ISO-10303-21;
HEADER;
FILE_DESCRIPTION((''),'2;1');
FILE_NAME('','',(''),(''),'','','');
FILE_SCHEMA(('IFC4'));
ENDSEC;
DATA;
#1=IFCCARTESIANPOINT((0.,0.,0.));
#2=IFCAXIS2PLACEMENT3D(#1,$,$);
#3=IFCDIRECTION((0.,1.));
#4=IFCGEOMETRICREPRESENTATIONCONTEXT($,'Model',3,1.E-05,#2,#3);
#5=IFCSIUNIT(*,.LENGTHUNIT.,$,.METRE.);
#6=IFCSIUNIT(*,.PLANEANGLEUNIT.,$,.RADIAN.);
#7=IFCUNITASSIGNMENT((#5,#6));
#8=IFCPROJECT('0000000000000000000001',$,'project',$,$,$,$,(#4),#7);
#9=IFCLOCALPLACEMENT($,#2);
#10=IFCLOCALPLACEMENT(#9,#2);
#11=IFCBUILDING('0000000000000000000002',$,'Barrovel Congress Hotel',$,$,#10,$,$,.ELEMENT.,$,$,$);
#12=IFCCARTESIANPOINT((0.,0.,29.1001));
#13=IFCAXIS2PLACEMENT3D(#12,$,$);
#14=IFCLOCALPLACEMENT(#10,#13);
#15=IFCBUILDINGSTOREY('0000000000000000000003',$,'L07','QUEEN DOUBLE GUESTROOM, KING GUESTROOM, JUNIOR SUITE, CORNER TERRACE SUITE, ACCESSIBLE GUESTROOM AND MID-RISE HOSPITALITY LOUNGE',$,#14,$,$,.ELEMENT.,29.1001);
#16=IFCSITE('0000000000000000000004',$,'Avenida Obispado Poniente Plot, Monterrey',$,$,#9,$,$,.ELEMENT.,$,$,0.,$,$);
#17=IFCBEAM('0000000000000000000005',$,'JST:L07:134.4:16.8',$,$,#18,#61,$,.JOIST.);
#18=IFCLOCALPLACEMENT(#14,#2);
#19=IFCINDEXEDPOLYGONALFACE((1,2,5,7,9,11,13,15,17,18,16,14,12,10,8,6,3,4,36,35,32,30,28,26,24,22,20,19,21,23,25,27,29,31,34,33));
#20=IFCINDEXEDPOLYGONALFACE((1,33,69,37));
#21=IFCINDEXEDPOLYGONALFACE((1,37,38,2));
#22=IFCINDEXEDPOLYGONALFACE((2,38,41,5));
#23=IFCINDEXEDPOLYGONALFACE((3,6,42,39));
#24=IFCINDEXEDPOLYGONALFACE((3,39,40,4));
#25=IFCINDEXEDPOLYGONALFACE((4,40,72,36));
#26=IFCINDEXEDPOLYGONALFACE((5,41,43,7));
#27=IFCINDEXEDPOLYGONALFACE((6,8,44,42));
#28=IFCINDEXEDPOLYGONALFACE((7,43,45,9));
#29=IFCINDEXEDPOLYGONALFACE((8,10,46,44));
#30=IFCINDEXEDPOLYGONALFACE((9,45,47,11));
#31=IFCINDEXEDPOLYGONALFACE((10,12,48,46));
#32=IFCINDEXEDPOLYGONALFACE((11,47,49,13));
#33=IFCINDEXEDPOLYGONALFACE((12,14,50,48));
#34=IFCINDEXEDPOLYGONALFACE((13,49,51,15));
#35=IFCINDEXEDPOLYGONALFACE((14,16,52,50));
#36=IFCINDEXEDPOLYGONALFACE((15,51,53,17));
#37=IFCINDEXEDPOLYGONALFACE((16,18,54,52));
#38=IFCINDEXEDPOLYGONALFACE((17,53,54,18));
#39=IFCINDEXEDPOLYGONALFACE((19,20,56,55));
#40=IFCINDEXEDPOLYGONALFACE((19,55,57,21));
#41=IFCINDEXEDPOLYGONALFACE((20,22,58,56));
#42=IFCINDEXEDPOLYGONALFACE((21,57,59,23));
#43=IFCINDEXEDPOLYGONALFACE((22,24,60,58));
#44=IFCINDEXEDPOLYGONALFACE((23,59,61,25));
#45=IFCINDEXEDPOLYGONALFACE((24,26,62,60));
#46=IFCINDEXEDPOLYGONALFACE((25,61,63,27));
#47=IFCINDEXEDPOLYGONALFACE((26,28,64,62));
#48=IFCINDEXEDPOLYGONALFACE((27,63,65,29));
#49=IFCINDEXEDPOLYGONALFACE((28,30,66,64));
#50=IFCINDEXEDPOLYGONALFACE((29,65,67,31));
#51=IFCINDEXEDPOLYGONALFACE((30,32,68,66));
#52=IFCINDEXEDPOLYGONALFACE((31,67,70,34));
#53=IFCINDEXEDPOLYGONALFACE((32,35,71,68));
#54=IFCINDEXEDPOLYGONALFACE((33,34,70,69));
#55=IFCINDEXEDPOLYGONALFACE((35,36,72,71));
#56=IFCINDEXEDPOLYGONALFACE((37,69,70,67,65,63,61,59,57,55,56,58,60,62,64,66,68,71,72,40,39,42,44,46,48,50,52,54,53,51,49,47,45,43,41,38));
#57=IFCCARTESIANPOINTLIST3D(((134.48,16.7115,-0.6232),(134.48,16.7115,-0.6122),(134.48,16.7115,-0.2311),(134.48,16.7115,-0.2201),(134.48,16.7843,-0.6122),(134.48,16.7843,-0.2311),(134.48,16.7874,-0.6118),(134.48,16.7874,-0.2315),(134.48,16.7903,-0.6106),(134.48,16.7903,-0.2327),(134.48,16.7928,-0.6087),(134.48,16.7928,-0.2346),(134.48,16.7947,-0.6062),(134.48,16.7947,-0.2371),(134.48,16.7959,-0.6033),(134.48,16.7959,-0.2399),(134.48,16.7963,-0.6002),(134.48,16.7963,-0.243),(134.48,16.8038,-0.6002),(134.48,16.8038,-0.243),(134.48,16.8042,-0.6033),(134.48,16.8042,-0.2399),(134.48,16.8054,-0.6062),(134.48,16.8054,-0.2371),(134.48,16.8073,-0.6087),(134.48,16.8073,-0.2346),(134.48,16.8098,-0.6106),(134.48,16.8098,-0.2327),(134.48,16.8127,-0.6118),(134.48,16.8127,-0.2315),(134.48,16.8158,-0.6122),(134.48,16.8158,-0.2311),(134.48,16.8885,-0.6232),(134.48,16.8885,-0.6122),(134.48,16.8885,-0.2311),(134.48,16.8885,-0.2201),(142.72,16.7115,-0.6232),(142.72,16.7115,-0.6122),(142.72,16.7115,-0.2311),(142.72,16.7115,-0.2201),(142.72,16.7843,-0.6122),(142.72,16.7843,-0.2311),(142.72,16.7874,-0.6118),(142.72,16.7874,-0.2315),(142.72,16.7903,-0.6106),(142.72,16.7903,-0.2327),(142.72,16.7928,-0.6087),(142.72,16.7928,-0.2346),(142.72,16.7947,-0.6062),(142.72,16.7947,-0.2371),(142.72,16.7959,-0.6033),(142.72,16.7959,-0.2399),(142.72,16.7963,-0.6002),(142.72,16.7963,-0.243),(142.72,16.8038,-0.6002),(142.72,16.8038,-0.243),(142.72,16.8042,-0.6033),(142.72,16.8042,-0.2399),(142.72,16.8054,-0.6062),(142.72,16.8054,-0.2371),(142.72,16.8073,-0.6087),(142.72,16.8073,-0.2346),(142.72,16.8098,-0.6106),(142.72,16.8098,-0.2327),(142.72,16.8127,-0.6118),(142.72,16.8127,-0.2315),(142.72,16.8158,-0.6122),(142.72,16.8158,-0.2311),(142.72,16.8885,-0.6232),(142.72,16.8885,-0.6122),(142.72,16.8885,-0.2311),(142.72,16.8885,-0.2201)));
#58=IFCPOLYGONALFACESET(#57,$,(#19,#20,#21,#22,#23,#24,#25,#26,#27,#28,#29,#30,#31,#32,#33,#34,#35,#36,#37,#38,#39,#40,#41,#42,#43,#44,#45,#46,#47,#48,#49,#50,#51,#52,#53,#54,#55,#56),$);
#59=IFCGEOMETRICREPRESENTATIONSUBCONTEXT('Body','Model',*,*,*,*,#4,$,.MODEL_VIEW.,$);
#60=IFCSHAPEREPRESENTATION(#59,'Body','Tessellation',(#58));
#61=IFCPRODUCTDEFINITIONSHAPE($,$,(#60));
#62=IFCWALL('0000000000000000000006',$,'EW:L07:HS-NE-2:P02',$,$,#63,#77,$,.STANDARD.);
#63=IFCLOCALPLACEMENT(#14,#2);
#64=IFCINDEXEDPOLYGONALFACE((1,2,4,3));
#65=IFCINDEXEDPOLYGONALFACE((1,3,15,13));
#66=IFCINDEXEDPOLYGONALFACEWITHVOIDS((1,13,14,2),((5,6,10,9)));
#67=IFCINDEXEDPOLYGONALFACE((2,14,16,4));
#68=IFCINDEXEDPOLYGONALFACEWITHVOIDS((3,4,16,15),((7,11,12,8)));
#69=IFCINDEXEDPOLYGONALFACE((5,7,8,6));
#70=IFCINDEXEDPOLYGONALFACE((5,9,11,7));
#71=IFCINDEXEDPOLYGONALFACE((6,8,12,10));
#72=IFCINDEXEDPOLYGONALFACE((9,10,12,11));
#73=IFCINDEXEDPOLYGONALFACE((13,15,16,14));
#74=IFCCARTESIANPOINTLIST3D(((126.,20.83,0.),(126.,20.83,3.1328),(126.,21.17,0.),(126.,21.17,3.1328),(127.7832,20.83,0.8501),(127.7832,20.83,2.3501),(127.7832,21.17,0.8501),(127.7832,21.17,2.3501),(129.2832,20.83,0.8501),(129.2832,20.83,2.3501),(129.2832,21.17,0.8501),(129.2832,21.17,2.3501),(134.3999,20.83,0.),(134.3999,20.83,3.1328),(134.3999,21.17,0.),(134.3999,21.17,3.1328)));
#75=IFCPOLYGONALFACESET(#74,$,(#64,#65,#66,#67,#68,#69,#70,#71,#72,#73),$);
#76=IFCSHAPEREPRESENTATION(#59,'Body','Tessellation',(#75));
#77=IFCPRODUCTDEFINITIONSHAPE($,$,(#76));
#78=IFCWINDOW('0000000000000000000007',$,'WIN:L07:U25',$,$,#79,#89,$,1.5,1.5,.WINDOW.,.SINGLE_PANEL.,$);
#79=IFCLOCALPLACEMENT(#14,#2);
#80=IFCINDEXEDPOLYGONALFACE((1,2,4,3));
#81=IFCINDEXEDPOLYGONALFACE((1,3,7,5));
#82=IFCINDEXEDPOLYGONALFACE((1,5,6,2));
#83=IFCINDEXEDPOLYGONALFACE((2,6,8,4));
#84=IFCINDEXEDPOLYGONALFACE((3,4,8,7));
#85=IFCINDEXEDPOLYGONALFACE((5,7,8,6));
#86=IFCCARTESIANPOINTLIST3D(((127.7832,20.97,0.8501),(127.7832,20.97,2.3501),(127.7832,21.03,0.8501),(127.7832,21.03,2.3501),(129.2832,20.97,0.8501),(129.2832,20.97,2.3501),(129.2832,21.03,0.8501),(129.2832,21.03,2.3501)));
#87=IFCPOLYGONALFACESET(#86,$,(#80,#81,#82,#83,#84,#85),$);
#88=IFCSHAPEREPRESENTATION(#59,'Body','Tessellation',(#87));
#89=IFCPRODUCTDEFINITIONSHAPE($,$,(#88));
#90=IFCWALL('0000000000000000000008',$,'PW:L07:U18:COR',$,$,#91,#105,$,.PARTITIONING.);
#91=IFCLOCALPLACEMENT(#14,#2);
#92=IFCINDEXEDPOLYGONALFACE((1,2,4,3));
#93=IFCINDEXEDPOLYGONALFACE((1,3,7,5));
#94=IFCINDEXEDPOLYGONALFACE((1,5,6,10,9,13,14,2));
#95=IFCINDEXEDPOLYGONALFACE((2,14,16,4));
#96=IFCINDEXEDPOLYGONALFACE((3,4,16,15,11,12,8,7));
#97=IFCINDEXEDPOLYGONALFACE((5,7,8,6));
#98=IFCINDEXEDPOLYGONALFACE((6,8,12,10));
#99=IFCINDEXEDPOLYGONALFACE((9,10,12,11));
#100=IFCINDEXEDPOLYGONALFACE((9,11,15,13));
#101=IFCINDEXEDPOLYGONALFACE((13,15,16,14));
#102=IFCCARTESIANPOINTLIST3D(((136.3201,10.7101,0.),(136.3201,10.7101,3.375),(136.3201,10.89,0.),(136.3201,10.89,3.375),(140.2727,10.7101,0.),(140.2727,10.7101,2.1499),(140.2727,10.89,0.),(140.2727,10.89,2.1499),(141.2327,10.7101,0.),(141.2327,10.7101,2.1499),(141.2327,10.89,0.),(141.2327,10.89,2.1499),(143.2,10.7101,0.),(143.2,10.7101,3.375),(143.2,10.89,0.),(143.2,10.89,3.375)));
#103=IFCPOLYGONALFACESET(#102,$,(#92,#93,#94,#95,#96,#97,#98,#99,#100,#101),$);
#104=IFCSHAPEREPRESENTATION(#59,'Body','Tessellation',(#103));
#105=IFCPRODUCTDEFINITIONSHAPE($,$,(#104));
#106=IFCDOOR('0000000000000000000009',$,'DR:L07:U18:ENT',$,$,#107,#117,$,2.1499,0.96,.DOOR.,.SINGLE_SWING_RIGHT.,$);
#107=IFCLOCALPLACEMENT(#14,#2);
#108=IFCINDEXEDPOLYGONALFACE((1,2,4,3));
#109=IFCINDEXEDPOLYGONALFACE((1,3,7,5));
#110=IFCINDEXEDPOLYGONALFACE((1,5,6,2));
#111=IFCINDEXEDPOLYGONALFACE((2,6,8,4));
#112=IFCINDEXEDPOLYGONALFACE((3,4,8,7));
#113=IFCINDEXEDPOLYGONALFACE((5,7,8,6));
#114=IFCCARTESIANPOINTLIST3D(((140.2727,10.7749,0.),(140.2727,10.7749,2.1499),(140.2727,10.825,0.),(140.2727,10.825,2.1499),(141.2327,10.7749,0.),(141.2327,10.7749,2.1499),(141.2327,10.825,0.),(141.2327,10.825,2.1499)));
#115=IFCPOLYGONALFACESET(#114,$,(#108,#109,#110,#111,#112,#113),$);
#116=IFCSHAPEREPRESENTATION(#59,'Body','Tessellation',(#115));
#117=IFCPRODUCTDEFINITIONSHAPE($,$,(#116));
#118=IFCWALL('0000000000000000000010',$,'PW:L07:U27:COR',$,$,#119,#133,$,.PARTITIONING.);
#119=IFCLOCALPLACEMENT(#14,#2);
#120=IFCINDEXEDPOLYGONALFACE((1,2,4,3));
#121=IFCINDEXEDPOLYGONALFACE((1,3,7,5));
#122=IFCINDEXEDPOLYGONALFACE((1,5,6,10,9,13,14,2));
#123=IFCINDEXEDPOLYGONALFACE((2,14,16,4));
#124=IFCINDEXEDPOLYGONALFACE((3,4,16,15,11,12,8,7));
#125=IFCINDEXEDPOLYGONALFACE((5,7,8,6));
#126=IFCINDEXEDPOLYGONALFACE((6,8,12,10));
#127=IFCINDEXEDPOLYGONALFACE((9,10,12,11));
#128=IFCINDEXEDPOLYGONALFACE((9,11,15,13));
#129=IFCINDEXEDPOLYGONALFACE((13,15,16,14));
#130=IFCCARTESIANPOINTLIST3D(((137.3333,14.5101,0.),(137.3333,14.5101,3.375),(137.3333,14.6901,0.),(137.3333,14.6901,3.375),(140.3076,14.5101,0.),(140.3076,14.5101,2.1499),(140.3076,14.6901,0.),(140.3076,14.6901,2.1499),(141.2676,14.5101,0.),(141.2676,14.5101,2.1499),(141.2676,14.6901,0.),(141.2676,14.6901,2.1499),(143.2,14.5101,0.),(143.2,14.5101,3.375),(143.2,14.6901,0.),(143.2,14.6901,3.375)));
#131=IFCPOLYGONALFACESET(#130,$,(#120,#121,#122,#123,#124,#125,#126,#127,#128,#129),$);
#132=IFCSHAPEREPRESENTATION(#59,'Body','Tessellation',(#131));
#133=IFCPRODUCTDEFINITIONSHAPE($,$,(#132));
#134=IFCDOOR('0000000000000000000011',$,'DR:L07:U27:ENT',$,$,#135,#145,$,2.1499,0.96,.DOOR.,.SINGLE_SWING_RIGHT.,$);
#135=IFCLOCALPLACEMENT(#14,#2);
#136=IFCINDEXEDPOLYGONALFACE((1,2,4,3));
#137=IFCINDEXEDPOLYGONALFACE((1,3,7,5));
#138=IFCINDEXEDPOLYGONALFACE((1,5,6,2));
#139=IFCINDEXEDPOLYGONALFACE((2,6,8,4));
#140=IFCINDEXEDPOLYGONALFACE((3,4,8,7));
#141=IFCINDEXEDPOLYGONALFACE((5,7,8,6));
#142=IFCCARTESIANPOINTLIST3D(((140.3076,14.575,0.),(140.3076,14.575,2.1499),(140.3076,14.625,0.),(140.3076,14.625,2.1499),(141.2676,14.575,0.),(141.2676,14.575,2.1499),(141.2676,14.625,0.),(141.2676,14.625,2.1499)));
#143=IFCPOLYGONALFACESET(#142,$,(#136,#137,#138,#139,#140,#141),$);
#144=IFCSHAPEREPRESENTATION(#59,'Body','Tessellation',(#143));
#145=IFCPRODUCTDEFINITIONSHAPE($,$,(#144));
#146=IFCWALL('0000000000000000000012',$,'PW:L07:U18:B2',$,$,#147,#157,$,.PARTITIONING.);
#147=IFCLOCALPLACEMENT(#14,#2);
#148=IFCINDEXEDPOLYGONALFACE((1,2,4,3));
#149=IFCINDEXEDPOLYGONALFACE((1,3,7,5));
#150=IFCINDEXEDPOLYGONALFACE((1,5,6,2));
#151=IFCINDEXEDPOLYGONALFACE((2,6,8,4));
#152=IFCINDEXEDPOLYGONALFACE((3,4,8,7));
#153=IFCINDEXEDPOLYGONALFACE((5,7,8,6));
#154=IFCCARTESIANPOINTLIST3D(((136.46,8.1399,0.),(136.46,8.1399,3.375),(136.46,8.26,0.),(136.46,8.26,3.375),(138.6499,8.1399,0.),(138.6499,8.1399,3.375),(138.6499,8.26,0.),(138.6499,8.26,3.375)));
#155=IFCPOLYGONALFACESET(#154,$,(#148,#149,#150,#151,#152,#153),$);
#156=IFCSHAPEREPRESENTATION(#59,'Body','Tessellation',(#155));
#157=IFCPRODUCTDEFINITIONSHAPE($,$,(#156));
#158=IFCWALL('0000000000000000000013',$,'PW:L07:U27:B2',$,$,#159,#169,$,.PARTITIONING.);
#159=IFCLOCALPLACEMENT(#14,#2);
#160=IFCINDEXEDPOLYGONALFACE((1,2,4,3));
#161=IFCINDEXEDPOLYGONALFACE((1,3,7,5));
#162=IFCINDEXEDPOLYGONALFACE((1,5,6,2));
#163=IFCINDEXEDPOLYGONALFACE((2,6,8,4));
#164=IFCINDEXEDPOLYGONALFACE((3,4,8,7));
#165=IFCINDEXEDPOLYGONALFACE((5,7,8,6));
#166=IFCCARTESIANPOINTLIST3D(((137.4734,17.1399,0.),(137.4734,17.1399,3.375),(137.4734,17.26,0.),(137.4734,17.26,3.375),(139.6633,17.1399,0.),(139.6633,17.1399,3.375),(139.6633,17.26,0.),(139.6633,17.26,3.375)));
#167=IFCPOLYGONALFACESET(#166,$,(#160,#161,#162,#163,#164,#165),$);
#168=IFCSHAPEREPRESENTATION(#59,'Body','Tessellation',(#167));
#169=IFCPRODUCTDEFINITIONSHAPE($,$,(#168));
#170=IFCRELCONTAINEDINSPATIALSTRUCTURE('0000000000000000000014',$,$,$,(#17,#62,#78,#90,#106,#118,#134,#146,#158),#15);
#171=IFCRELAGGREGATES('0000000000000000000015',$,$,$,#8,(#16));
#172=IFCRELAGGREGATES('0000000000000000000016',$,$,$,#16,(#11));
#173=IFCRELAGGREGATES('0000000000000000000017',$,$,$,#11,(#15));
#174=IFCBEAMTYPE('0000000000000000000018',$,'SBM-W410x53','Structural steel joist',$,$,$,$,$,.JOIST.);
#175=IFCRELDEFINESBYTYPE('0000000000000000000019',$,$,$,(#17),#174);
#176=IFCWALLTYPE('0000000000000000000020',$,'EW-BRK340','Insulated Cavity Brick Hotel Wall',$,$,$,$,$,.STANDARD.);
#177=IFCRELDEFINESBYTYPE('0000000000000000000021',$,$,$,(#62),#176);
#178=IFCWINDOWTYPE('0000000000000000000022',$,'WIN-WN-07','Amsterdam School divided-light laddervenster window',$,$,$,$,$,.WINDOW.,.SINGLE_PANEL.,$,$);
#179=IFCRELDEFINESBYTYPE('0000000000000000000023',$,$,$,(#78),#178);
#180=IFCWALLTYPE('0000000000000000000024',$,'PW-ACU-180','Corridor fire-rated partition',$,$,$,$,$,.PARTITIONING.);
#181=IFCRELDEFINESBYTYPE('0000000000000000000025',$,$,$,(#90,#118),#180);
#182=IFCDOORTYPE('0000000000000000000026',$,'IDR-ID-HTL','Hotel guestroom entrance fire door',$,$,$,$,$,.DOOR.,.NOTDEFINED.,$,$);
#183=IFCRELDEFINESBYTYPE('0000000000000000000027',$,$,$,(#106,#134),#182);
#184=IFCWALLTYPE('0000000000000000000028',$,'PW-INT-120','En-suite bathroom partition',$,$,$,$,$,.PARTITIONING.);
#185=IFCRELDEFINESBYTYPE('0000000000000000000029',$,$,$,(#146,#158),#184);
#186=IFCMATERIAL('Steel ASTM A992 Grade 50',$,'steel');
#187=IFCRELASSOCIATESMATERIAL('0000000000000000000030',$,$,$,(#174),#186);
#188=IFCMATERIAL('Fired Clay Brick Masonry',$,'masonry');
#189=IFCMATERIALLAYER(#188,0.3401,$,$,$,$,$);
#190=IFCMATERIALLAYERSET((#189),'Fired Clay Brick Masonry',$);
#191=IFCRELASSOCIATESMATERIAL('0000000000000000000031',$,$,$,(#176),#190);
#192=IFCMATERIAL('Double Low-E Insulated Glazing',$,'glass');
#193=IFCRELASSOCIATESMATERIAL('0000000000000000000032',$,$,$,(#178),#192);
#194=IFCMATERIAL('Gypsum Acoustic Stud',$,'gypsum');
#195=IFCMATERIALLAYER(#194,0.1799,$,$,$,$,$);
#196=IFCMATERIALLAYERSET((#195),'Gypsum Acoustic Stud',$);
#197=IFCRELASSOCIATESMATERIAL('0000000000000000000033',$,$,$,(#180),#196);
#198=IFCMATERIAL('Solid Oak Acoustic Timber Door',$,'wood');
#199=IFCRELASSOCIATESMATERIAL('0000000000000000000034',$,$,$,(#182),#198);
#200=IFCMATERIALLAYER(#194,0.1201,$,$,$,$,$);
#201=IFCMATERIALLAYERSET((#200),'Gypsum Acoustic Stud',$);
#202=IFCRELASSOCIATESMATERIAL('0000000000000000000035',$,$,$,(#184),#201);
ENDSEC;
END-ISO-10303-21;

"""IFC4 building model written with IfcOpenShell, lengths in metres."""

from ifc_helpers import new_model, si_unit, direction, frame, frame_2d, origin, origin_2d, place, context, subcontext, project, spatial, rectangle, i_section, extrude, material, layer, layer_set, material_profile, profile_set, type_object, element, fill, save


model = new_model("IFC4")

# Units and contexts
model_context = context("Model", 3, precision=1e-05, world=origin(), true_north=direction((0.0, 1.0)))
body_context = subcontext(model_context, "Body", "Model", "MODEL_VIEW")
ifc_project = project(units=[si_unit("LENGTHUNIT", "METRE"), si_unit("PLANEANGLEUNIT", "RADIAN")], contexts=[model_context])

# Site, building, storey
site_placement = place(None, origin())
site = spatial("IfcSite", under=ifc_project, at=site_placement, Name="Avenida Obispado Poniente Plot, Monterrey", CompositionType="ELEMENT", RefElevation=0.0)
building_placement = place(site_placement, origin())
building = spatial("IfcBuilding", under=site, at=building_placement, Name="Barrovel Congress Hotel", CompositionType="ELEMENT")
storey_placement = place(building_placement, frame((0.0, 0.0, 29.1001)))
storey = spatial("IfcBuildingStorey", under=building, at=storey_placement, Name="L07", Description="QUEEN DOUBLE GUESTROOM, KING GUESTROOM, JUNIOR SUITE, CORNER TERRACE SUITE, ACCESSIBLE GUESTROOM AND MID-RISE HOSPITALITY LOUNGE", CompositionType="ELEMENT", Elevation=29.1001)

# Beam
ifc_material_1 = material(Name="Steel ASTM A992 Grade 50", Category="steel")
ifc_material_profile_1 = material_profile(ifc_material_1, i_section(OverallWidth=0.177, OverallDepth=0.4031, WebThickness=0.0076, FlangeThickness=0.011, FilletRadius=0.012, at=origin_2d()), Name="W410x53")
ifc_profile_set_1 = profile_set([ifc_material_profile_1], Name="Steel ASTM A992 Grade 50")
beam_type_1 = type_object("IfcBeamType", Name="SBM-W410x53", Description="Structural steel joist", PredefinedType="JOIST", material=ifc_profile_set_1)
beam_1_placement = place(storey_placement, frame((134.48, 16.8, -0.4216), z_axis=(1.0, 0.0, 0.0), x_axis=(0.0, 1.0, 0.0)))
element("IfcBeam", 1, at=beam_1_placement, inside=storey, type_object=beam_type_1, Name="JST:L07:134.4:16.8", PredefinedType="JOIST", context=body_context, shape_type="SweptSolid", body=[
    extrude(i_section(OverallWidth=0.177, OverallDepth=0.4031, WebThickness=0.0076, FlangeThickness=0.011, FilletRadius=0.012, at=origin_2d()), origin(), (0.0, 0.0, 1.0), 8.24),
])

# Wall, opening, window
ifc_material_2 = material(Name="Fired Clay Brick Masonry", Category="masonry")
ifc_layer_1 = layer(ifc_material_2, 0.3401)
ifc_layer_set_1 = layer_set([ifc_layer_1], Name="Fired Clay Brick Masonry")
wall_type_1 = type_object("IfcWallType", Name="EW-BRK340", Description="Insulated Cavity Brick Hotel Wall", PredefinedType="STANDARD", material=ifc_layer_set_1)
wall_1_placement = place(storey_placement, frame((134.3999, 21.0, 0.0), z_axis=(0.0, 0.0, 1.0), x_axis=(-1.0, 0.0, 0.0)))
wall_1 = element("IfcWall", 2, at=wall_1_placement, inside=storey, type_object=wall_type_1, Name="EW:L07:HS-NE-2:P02", PredefinedType="STANDARD", context=body_context, shape_type="SweptSolid", body=[
    extrude(rectangle(XDim=8.3999, YDim=0.3401, at=frame_2d((4.2, 0.0))), origin(), (0.0, 0.0, 1.0), 3.1328),
])
opening_1_placement = place(wall_1_placement, frame((5.1167, 0.0, 0.8501)))
opening_1 = element("IfcOpeningElement", 3, at=opening_1_placement, cuts=wall_1, PredefinedType="OPENING", context=body_context, shape_type="SweptSolid", body=[
    extrude(rectangle(XDim=1.5, YDim=1.5, at=frame_2d((0.75, 0.75))), frame((0.0, 0.1802, 0.0), z_axis=(0.0, -1.0, 0.0), x_axis=(1.0, 0.0, 0.0)), (0.0, 0.0, 1.0), 0.3601),
])
ifc_material_3 = material(Name="Double Low-E Insulated Glazing", Category="glass")
window_type = type_object("IfcWindowType", Name="WIN-WN-07", Description="Amsterdam School divided-light laddervenster window", PartitioningType="SINGLE_PANEL", PredefinedType="WINDOW", material=ifc_material_3)
window_placement = place(opening_1_placement, origin())
window = element("IfcWindow", 4, at=window_placement, inside=storey, type_object=window_type, Name="WIN:L07:U25", OverallHeight=1.5, OverallWidth=1.5, PartitioningType="SINGLE_PANEL", PredefinedType="WINDOW", context=body_context, shape_type="SweptSolid", body=[
    extrude(rectangle(XDim=1.5, YDim=1.5, at=frame_2d((0.75, 0.75))), frame((0.0, 0.03, 0.0), z_axis=(0.0, -1.0, 0.0), x_axis=(1.0, 0.0, 0.0)), (0.0, 0.0, 1.0), 0.0601),
])
fill(opening_1, window)

# Walls, openings, doors
ifc_material_4 = material(Name="Gypsum Acoustic Stud", Category="gypsum")
ifc_layer_2 = layer(ifc_material_4, 0.1799)
ifc_layer_set_2 = layer_set([ifc_layer_2], Name="Gypsum Acoustic Stud")
wall_type_2 = type_object("IfcWallType", Name="PW-ACU-180", Description="Corridor fire-rated partition", PredefinedType="PARTITIONING", material=ifc_layer_set_2)
wall_2_placement = place(storey_placement, frame((136.3201, 10.8, 0.0), z_axis=(0.0, 0.0, 1.0), x_axis=(1.0, 0.0, 0.0)))
wall_2 = element("IfcWall", 5, at=wall_2_placement, inside=storey, type_object=wall_type_2, Name="PW:L07:U18:COR", PredefinedType="PARTITIONING", context=body_context, shape_type="SweptSolid", body=[
    extrude(rectangle(XDim=6.8799, YDim=0.1799, at=frame_2d((3.4399, 0.0))), origin(), (0.0, 0.0, 1.0), 3.375),
])
opening_2_placement = place(wall_2_placement, frame((3.9526, 0.0, 0.0)))
opening_2 = element("IfcOpeningElement", 6, at=opening_2_placement, cuts=wall_2, PredefinedType="OPENING", context=body_context, shape_type="SweptSolid", body=[
    extrude(rectangle(XDim=0.96, YDim=2.1499, at=frame_2d((0.48, 1.075))), frame((0.0, 0.1001, 0.0), z_axis=(0.0, -1.0, 0.0), x_axis=(1.0, 0.0, 0.0)), (0.0, 0.0, 1.0), 0.2),
])
ifc_material_5 = material(Name="Solid Oak Acoustic Timber Door", Category="wood")
door_type_1 = type_object("IfcDoorType", Name="IDR-ID-HTL", Description="Hotel guestroom entrance fire door", OperationType="NOTDEFINED", PredefinedType="DOOR", material=ifc_material_5)
door_1_placement = place(opening_2_placement, origin())
door_1 = element("IfcDoor", 7, at=door_1_placement, inside=storey, type_object=door_type_1, Name="DR:L07:U18:ENT", OperationType="SINGLE_SWING_RIGHT", OverallHeight=2.1499, OverallWidth=0.96, PredefinedType="DOOR", context=body_context, shape_type="SweptSolid", body=[
    extrude(rectangle(XDim=0.96, YDim=2.1499, at=frame_2d((0.48, 1.075))), frame((0.0, 0.0249, 0.0), z_axis=(0.0, -1.0, 0.0), x_axis=(1.0, 0.0, 0.0)), (0.0, 0.0, 1.0), 0.05),
])
fill(opening_2, door_1)
wall_3_placement = place(storey_placement, frame((137.3333, 14.6001, 0.0), z_axis=(0.0, 0.0, 1.0), x_axis=(1.0, 0.0, 0.0)))
wall_3 = element("IfcWall", 8, at=wall_3_placement, inside=storey, type_object=wall_type_2, Name="PW:L07:U27:COR", PredefinedType="PARTITIONING", context=body_context, shape_type="SweptSolid", body=[
    extrude(rectangle(XDim=5.8667, YDim=0.1799, at=frame_2d((2.9333, 0.0))), origin(), (0.0, 0.0, 1.0), 3.375),
])
opening_3_placement = place(wall_3_placement, frame((2.9744, 0.0, 0.0)))
opening_3 = element("IfcOpeningElement", 9, at=opening_3_placement, cuts=wall_3, PredefinedType="OPENING", context=body_context, shape_type="SweptSolid", body=[
    extrude(rectangle(XDim=0.96, YDim=2.1499, at=frame_2d((0.48, 1.075))), frame((0.0, 0.1001, 0.0), z_axis=(0.0, -1.0, 0.0), x_axis=(1.0, 0.0, 0.0)), (0.0, 0.0, 1.0), 0.2),
])
door_2_placement = place(opening_3_placement, origin())
door_2 = element("IfcDoor", 10, at=door_2_placement, inside=storey, type_object=door_type_1, Name="DR:L07:U27:ENT", OperationType="SINGLE_SWING_RIGHT", OverallHeight=2.1499, OverallWidth=0.96, PredefinedType="DOOR", context=body_context, shape_type="SweptSolid", body=[
    extrude(rectangle(XDim=0.96, YDim=2.1499, at=frame_2d((0.48, 1.075))), frame((0.0, 0.0249, 0.0), z_axis=(0.0, -1.0, 0.0), x_axis=(1.0, 0.0, 0.0)), (0.0, 0.0, 1.0), 0.05),
])
fill(opening_3, door_2)

# Walls
ifc_layer_3 = layer(ifc_material_4, 0.1201)
ifc_layer_set_3 = layer_set([ifc_layer_3], Name="Gypsum Acoustic Stud")
wall_type_3 = type_object("IfcWallType", Name="PW-INT-120", Description="En-suite bathroom partition", PredefinedType="PARTITIONING", material=ifc_layer_set_3)
for number, where, z_axis, x_axis, name in (
    (11, (136.46, 8.2, 0.0), (0.0, 0.0, 1.0), (1.0, 0.0, 0.0), "PW:L07:U18:B2"),
    (12, (137.4734, 17.2, 0.0), (0.0, 0.0, 1.0), (1.0, 0.0, 0.0), "PW:L07:U27:B2"),
):
    element("IfcWall", number, at=place(storey_placement, frame(where, z_axis=z_axis, x_axis=x_axis)), inside=storey, type_object=wall_type_3, Name=name, PredefinedType="PARTITIONING", context=body_context, shape_type="SweptSolid", body=[
        extrude(rectangle(XDim=2.1899, YDim=0.1201, at=frame_2d((1.095, 0.0))), origin(), (0.0, 0.0, 1.0), 3.375),
    ])

save(model, "model.ifc")
